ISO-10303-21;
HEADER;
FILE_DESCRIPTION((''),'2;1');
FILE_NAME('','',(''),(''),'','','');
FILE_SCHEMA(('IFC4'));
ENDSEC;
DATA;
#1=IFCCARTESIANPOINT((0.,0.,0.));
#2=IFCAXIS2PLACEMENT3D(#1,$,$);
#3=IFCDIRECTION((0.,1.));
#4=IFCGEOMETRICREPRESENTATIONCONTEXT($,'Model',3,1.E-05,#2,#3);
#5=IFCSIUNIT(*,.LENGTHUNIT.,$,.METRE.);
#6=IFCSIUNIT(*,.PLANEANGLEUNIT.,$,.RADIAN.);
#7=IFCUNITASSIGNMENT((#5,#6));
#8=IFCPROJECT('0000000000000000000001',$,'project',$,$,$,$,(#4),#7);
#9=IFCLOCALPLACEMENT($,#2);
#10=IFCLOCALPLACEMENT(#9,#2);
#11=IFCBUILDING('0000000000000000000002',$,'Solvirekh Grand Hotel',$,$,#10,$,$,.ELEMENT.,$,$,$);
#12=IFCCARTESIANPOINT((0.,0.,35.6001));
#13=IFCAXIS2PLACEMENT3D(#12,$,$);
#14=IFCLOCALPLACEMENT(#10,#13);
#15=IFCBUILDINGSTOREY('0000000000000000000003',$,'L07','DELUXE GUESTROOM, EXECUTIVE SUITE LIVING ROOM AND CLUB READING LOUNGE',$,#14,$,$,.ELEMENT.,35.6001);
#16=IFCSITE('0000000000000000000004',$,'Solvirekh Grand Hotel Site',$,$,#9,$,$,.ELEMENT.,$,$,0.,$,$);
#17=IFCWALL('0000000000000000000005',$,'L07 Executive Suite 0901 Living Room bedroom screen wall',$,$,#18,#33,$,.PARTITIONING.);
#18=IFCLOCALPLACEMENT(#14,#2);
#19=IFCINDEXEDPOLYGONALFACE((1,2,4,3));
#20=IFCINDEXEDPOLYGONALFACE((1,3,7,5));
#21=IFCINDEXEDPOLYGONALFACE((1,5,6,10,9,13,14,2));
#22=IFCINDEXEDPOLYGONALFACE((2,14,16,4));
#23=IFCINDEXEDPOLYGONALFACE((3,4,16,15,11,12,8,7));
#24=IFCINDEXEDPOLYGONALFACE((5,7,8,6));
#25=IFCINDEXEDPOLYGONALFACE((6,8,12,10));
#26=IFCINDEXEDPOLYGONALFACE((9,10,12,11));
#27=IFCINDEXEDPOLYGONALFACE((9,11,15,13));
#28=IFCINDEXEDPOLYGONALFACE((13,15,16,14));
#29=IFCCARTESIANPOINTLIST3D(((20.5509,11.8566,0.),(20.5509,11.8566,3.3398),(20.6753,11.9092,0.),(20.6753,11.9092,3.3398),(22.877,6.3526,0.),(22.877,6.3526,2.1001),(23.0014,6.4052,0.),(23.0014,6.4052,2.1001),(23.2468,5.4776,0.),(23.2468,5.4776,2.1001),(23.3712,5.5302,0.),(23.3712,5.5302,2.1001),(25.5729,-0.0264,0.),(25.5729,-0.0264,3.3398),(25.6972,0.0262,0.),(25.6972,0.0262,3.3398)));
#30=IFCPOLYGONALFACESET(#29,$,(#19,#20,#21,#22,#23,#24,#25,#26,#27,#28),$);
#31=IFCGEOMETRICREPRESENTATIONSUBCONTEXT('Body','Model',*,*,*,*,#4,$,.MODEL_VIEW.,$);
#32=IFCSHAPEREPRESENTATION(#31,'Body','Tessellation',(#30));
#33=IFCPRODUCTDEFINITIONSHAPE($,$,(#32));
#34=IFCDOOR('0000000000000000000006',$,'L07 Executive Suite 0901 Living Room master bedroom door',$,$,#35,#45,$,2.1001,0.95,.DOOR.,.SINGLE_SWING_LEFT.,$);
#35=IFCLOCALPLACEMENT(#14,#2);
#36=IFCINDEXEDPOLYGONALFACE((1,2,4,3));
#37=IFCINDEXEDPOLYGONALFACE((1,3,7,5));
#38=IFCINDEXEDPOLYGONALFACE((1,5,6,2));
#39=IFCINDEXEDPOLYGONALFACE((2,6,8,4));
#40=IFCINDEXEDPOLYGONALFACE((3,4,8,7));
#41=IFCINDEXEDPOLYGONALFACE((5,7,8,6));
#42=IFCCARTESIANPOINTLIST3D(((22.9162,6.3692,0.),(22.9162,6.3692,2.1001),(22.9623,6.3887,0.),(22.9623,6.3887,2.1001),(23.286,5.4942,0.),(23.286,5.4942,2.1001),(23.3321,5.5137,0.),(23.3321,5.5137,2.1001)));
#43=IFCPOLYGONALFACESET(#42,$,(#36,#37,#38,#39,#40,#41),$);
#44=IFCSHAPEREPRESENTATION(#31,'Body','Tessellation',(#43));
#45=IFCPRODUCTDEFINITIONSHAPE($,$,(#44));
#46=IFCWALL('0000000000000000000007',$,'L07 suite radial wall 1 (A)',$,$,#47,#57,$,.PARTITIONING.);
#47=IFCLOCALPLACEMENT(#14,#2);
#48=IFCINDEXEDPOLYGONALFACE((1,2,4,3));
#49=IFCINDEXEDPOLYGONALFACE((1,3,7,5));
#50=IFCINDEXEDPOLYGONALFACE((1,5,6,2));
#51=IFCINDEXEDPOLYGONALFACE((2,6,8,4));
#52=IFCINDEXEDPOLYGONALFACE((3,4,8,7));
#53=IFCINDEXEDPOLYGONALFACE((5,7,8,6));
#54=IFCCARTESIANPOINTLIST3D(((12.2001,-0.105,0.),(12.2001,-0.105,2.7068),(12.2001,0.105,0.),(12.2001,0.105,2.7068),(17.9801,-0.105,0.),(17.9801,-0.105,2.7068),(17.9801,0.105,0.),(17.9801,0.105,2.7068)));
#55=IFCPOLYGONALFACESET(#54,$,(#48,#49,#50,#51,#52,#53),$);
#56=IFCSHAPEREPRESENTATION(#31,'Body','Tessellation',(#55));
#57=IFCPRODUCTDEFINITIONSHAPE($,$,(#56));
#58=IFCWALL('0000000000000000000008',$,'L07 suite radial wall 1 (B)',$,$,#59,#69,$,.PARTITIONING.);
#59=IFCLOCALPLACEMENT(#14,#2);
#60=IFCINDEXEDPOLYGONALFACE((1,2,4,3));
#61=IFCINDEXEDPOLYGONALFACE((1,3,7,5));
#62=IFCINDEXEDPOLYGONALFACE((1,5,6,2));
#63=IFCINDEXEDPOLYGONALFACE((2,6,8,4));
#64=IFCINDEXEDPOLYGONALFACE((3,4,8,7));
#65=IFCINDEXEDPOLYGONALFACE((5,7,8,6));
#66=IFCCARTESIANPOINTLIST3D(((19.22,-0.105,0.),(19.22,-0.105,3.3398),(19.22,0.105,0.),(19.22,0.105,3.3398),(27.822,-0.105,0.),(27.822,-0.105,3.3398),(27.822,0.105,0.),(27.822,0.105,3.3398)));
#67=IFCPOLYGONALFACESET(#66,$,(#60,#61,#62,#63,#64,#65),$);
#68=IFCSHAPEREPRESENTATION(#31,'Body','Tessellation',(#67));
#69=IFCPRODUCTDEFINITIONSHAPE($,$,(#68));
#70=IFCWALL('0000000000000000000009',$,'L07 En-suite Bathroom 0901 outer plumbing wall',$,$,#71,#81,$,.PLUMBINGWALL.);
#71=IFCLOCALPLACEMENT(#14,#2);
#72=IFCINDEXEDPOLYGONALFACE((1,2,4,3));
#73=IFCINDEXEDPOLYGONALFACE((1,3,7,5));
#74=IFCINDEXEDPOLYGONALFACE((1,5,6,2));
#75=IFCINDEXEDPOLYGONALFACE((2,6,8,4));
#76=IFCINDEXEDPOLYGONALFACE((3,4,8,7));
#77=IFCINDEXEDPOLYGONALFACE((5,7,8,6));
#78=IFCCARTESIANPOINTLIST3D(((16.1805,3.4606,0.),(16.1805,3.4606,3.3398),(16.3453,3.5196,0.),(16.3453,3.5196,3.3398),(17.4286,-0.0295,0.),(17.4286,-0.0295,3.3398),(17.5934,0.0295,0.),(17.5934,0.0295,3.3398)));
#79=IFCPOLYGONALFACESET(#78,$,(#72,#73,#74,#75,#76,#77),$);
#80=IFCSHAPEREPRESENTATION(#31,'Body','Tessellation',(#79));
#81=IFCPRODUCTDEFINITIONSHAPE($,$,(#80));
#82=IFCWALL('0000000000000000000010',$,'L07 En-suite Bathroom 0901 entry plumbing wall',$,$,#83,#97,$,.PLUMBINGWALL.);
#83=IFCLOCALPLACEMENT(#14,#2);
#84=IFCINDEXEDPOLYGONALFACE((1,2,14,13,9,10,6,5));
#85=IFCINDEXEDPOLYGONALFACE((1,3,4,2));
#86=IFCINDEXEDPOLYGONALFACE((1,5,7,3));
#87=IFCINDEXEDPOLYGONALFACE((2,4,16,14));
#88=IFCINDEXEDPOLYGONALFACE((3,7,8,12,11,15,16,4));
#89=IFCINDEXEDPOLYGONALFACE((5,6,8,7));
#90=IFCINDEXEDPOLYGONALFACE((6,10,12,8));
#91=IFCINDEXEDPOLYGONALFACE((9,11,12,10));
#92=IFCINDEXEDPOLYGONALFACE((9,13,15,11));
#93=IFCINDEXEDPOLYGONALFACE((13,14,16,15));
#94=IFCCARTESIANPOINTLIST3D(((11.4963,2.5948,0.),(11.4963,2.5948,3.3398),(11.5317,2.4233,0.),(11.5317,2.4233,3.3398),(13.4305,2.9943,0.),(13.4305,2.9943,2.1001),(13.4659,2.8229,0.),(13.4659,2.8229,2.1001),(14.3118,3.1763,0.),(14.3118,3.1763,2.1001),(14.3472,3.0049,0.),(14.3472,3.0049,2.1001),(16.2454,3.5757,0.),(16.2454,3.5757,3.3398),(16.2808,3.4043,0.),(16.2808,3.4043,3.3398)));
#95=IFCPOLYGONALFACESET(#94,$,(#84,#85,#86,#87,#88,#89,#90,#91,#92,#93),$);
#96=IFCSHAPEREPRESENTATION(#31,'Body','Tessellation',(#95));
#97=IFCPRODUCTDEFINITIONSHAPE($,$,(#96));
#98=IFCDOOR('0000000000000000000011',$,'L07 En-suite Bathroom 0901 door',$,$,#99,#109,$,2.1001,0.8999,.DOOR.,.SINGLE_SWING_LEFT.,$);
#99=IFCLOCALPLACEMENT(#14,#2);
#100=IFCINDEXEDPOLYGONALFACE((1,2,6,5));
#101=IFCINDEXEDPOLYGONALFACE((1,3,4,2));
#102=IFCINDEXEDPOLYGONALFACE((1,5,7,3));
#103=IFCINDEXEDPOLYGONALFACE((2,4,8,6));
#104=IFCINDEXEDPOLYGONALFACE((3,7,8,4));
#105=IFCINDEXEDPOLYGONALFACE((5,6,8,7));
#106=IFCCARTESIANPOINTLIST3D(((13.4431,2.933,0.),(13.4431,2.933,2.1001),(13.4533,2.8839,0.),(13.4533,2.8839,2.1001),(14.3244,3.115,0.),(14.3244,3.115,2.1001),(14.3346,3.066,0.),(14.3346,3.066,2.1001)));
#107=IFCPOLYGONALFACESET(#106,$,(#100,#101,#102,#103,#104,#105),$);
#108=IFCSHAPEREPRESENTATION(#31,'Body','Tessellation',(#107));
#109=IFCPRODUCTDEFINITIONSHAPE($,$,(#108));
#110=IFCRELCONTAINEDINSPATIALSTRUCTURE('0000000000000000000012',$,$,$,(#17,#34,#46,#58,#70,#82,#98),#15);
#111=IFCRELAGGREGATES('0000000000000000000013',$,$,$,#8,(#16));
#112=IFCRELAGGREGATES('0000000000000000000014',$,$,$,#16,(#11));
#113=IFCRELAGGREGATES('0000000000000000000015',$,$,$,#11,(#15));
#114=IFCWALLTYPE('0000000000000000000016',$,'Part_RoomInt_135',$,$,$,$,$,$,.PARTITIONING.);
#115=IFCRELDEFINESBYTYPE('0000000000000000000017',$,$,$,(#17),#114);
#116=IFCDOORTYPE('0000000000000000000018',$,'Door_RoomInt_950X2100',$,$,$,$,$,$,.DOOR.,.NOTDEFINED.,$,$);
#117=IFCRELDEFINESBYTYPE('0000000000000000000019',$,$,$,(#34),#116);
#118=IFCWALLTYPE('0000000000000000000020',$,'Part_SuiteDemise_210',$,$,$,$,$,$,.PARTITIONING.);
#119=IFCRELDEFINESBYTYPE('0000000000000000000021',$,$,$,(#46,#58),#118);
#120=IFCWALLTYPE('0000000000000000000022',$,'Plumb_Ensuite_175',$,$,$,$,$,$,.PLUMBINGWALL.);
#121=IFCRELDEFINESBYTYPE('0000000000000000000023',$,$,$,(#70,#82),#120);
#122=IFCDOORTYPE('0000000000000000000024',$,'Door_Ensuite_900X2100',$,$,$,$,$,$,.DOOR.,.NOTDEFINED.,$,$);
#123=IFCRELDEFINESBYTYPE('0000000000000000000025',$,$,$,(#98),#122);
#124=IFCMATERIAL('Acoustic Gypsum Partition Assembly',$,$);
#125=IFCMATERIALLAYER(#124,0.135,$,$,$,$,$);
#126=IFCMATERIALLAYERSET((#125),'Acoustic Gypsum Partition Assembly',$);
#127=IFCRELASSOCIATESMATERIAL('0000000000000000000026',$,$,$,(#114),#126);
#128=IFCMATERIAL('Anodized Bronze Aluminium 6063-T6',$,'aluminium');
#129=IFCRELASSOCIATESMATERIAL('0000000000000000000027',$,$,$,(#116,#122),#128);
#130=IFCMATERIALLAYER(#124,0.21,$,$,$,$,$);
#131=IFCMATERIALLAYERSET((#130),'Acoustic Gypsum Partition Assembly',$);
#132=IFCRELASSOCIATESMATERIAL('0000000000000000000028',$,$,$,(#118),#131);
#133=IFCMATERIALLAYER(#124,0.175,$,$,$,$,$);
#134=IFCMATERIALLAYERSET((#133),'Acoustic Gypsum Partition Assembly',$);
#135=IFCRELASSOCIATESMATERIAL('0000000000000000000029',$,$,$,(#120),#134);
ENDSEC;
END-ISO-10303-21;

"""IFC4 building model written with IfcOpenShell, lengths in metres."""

from ifc_helpers import new_model, si_unit, direction, frame, frame_2d, origin, place, context, subcontext, project, spatial, rectangle, extrude, material, layer, layer_set, type_object, element, fill, save


model = new_model("IFC4")

# Units and contexts
model_context = context("Model", 3, precision=1e-05, world=origin(), true_north=direction((0.0, 1.0)))
body_context = subcontext(model_context, "Body", "Model", "MODEL_VIEW")
ifc_project = project(units=[si_unit("LENGTHUNIT", "METRE"), si_unit("PLANEANGLEUNIT", "RADIAN")], contexts=[model_context])

# Site, building, storey
site_placement = place(None, origin())
site = spatial("IfcSite", under=ifc_project, at=site_placement, Name="Solvirekh Grand Hotel Site", CompositionType="ELEMENT", RefElevation=0.0)
building_placement = place(site_placement, origin())
building = spatial("IfcBuilding", under=site, at=building_placement, Name="Solvirekh Grand Hotel", CompositionType="ELEMENT")
storey_placement = place(building_placement, frame((0.0, 0.0, 35.6001)))
storey = spatial("IfcBuildingStorey", under=building, at=storey_placement, Name="L07", Description="DELUXE GUESTROOM, EXECUTIVE SUITE LIVING ROOM AND CLUB READING LOUNGE", CompositionType="ELEMENT", Elevation=35.6001)

# Shared definitions
ifc_material_1 = material(Name="Anodized Bronze Aluminium 6063-T6", Category="aluminium")

# Shared definitions
ifc_material_2 = material(Name="Acoustic Gypsum Partition Assembly")

# Wall, opening, door
ifc_layer_1 = layer(ifc_material_2, 0.135)
ifc_layer_set_1 = layer_set([ifc_layer_1], Name="Acoustic Gypsum Partition Assembly")
wall_type_1 = type_object("IfcWallType", Name="Part_RoomInt_135", PredefinedType="PARTITIONING", material=ifc_layer_set_1)
wall_1_placement = place(storey_placement, frame((25.635, 0.0, 0.0), z_axis=(0.0, 0.0, 1.0), x_axis=(-0.38928, 0.921119, 0.0)))
wall_1 = element("IfcWall", 1, at=wall_1_placement, inside=storey, type_object=wall_type_1, Name="L07 Executive Suite 0901 Living Room bedroom screen wall", PredefinedType="PARTITIONING", context=body_context, shape_type="SweptSolid", body=[
    extrude(rectangle(XDim=12.9006, YDim=0.135, at=frame_2d((6.4502, 0.0))), origin(), (0.0, 0.0, 1.0), 3.3398),
])
opening_1_placement = place(wall_1_placement, frame((5.9751, 0.0, 0.0)))
opening_1 = element("IfcOpeningElement", 2, at=opening_1_placement, cuts=wall_1, PredefinedType="OPENING", context=body_context, shape_type="SweptSolid", body=[
    extrude(rectangle(XDim=0.95, YDim=2.1001, at=frame_2d((0.4751, 1.05))), frame((0.0, 0.0776, 0.0), z_axis=(0.0, -1.0, 0.0), x_axis=(1.0, 0.0, 0.0)), (0.0, 0.0, 1.0), 0.155),
])
door_type_1 = type_object("IfcDoorType", Name="Door_RoomInt_950X2100", OperationType="NOTDEFINED", PredefinedType="DOOR", material=ifc_material_1)
door_1_placement = place(opening_1_placement, origin())
door_1 = element("IfcDoor", 3, at=door_1_placement, inside=storey, type_object=door_type_1, Name="L07 Executive Suite 0901 Living Room master bedroom door", OperationType="SINGLE_SWING_LEFT", OverallHeight=2.1001, OverallWidth=0.95, PredefinedType="DOOR", context=body_context, shape_type="SweptSolid", body=[
    extrude(rectangle(XDim=0.95, YDim=2.1001, at=frame_2d((0.4751, 1.05))), frame((0.0, 0.0249, 0.0), z_axis=(0.0, -1.0, 0.0), x_axis=(1.0, 0.0, 0.0)), (0.0, 0.0, 1.0), 0.05),
])
fill(opening_1, door_1)

# Walls
ifc_layer_2 = layer(ifc_material_2, 0.21)
ifc_layer_set_2 = layer_set([ifc_layer_2], Name="Acoustic Gypsum Partition Assembly")
wall_type_2 = type_object("IfcWallType", Name="Part_SuiteDemise_210", PredefinedType="PARTITIONING", material=ifc_layer_set_2)
wall_2_placement = place(storey_placement, frame((12.2, 0.0, 0.0), z_axis=(0.0, 0.0, 1.0), x_axis=(1.0, 0.0, 0.0)))
element("IfcWall", 4, at=wall_2_placement, inside=storey, type_object=wall_type_2, Name="L07 suite radial wall 1 (A)", PredefinedType="PARTITIONING", context=body_context, shape_type="SweptSolid", body=[
    extrude(rectangle(XDim=5.78, YDim=0.21, at=frame_2d((2.8901, 0.0))), origin(), (0.0, 0.0, 1.0), 2.7068),
])
wall_3_placement = place(storey_placement, frame((19.22, 0.0, 0.0), z_axis=(0.0, 0.0, 1.0), x_axis=(1.0, 0.0, 0.0)))
element("IfcWall", 5, at=wall_3_placement, inside=storey, type_object=wall_type_2, Name="L07 suite radial wall 1 (B)", PredefinedType="PARTITIONING", context=body_context, shape_type="SweptSolid", body=[
    extrude(rectangle(XDim=8.6021, YDim=0.21, at=frame_2d((4.301, 0.0))), origin(), (0.0, 0.0, 1.0), 3.3398),
])
ifc_layer_3 = layer(ifc_material_2, 0.175)
ifc_layer_set_3 = layer_set([ifc_layer_3], Name="Acoustic Gypsum Partition Assembly")
wall_type_3 = type_object("IfcWallType", Name="Plumb_Ensuite_175", PredefinedType="PLUMBINGWALL", material=ifc_layer_set_3)
wall_4_placement = place(storey_placement, frame((17.511, 0.0, 0.0), z_axis=(0.0, 0.0, 1.0), x_axis=(-0.336724, 0.941603, 0.0)))
element("IfcWall", 6, at=wall_4_placement, inside=storey, type_object=wall_type_3, Name="L07 En-suite Bathroom 0901 outer plumbing wall", PredefinedType="PLUMBINGWALL", context=body_context, shape_type="SweptSolid", body=[
    extrude(rectangle(XDim=3.7065, YDim=0.175, at=frame_2d((1.8533, 0.0))), origin(), (0.0, 0.0, 1.0), 3.3398),
])

# Wall, opening, door
wall_5_placement = place(storey_placement, frame((11.5139, 2.509, 0.0), z_axis=(0.0, 0.0, 1.0), x_axis=(0.979326, 0.202289, 0.0)))
wall_5 = element("IfcWall", 7, at=wall_5_placement, inside=storey, type_object=wall_type_3, Name="L07 En-suite Bathroom 0901 entry plumbing wall", PredefinedType="PLUMBINGWALL", context=body_context, shape_type="SweptSolid", body=[
    extrude(rectangle(XDim=4.8494, YDim=0.175, at=frame_2d((2.4248, 0.0))), origin(), (0.0, 0.0, 1.0), 3.3398),
])
opening_2_placement = place(wall_5_placement, frame((1.9751, 0.0, 0.0)))
opening_2 = element("IfcOpeningElement", 8, at=opening_2_placement, cuts=wall_5, PredefinedType="OPENING", context=body_context, shape_type="SweptSolid", body=[
    extrude(rectangle(XDim=0.8999, YDim=2.1001, at=frame_2d((0.45, 1.05))), frame((0.0, 0.0977, 0.0), z_axis=(0.0, -1.0, 0.0), x_axis=(1.0, 0.0, 0.0)), (0.0, 0.0, 1.0), 0.1951),
])
door_type_2 = type_object("IfcDoorType", Name="Door_Ensuite_900X2100", OperationType="NOTDEFINED", PredefinedType="DOOR", material=ifc_material_1)
door_2_placement = place(opening_2_placement, origin())
door_2 = element("IfcDoor", 9, at=door_2_placement, inside=storey, type_object=door_type_2, Name="L07 En-suite Bathroom 0901 door", OperationType="SINGLE_SWING_LEFT", OverallHeight=2.1001, OverallWidth=0.8999, PredefinedType="DOOR", context=body_context, shape_type="SweptSolid", body=[
    extrude(rectangle(XDim=0.8999, YDim=2.1001, at=frame_2d((0.45, 1.05))), frame((0.0, 0.0249, 0.0), z_axis=(0.0, -1.0, 0.0), x_axis=(1.0, 0.0, 0.0)), (0.0, 0.0, 1.0), 0.05),
])
fill(opening_2, door_2)

save(model, "model.ifc")
